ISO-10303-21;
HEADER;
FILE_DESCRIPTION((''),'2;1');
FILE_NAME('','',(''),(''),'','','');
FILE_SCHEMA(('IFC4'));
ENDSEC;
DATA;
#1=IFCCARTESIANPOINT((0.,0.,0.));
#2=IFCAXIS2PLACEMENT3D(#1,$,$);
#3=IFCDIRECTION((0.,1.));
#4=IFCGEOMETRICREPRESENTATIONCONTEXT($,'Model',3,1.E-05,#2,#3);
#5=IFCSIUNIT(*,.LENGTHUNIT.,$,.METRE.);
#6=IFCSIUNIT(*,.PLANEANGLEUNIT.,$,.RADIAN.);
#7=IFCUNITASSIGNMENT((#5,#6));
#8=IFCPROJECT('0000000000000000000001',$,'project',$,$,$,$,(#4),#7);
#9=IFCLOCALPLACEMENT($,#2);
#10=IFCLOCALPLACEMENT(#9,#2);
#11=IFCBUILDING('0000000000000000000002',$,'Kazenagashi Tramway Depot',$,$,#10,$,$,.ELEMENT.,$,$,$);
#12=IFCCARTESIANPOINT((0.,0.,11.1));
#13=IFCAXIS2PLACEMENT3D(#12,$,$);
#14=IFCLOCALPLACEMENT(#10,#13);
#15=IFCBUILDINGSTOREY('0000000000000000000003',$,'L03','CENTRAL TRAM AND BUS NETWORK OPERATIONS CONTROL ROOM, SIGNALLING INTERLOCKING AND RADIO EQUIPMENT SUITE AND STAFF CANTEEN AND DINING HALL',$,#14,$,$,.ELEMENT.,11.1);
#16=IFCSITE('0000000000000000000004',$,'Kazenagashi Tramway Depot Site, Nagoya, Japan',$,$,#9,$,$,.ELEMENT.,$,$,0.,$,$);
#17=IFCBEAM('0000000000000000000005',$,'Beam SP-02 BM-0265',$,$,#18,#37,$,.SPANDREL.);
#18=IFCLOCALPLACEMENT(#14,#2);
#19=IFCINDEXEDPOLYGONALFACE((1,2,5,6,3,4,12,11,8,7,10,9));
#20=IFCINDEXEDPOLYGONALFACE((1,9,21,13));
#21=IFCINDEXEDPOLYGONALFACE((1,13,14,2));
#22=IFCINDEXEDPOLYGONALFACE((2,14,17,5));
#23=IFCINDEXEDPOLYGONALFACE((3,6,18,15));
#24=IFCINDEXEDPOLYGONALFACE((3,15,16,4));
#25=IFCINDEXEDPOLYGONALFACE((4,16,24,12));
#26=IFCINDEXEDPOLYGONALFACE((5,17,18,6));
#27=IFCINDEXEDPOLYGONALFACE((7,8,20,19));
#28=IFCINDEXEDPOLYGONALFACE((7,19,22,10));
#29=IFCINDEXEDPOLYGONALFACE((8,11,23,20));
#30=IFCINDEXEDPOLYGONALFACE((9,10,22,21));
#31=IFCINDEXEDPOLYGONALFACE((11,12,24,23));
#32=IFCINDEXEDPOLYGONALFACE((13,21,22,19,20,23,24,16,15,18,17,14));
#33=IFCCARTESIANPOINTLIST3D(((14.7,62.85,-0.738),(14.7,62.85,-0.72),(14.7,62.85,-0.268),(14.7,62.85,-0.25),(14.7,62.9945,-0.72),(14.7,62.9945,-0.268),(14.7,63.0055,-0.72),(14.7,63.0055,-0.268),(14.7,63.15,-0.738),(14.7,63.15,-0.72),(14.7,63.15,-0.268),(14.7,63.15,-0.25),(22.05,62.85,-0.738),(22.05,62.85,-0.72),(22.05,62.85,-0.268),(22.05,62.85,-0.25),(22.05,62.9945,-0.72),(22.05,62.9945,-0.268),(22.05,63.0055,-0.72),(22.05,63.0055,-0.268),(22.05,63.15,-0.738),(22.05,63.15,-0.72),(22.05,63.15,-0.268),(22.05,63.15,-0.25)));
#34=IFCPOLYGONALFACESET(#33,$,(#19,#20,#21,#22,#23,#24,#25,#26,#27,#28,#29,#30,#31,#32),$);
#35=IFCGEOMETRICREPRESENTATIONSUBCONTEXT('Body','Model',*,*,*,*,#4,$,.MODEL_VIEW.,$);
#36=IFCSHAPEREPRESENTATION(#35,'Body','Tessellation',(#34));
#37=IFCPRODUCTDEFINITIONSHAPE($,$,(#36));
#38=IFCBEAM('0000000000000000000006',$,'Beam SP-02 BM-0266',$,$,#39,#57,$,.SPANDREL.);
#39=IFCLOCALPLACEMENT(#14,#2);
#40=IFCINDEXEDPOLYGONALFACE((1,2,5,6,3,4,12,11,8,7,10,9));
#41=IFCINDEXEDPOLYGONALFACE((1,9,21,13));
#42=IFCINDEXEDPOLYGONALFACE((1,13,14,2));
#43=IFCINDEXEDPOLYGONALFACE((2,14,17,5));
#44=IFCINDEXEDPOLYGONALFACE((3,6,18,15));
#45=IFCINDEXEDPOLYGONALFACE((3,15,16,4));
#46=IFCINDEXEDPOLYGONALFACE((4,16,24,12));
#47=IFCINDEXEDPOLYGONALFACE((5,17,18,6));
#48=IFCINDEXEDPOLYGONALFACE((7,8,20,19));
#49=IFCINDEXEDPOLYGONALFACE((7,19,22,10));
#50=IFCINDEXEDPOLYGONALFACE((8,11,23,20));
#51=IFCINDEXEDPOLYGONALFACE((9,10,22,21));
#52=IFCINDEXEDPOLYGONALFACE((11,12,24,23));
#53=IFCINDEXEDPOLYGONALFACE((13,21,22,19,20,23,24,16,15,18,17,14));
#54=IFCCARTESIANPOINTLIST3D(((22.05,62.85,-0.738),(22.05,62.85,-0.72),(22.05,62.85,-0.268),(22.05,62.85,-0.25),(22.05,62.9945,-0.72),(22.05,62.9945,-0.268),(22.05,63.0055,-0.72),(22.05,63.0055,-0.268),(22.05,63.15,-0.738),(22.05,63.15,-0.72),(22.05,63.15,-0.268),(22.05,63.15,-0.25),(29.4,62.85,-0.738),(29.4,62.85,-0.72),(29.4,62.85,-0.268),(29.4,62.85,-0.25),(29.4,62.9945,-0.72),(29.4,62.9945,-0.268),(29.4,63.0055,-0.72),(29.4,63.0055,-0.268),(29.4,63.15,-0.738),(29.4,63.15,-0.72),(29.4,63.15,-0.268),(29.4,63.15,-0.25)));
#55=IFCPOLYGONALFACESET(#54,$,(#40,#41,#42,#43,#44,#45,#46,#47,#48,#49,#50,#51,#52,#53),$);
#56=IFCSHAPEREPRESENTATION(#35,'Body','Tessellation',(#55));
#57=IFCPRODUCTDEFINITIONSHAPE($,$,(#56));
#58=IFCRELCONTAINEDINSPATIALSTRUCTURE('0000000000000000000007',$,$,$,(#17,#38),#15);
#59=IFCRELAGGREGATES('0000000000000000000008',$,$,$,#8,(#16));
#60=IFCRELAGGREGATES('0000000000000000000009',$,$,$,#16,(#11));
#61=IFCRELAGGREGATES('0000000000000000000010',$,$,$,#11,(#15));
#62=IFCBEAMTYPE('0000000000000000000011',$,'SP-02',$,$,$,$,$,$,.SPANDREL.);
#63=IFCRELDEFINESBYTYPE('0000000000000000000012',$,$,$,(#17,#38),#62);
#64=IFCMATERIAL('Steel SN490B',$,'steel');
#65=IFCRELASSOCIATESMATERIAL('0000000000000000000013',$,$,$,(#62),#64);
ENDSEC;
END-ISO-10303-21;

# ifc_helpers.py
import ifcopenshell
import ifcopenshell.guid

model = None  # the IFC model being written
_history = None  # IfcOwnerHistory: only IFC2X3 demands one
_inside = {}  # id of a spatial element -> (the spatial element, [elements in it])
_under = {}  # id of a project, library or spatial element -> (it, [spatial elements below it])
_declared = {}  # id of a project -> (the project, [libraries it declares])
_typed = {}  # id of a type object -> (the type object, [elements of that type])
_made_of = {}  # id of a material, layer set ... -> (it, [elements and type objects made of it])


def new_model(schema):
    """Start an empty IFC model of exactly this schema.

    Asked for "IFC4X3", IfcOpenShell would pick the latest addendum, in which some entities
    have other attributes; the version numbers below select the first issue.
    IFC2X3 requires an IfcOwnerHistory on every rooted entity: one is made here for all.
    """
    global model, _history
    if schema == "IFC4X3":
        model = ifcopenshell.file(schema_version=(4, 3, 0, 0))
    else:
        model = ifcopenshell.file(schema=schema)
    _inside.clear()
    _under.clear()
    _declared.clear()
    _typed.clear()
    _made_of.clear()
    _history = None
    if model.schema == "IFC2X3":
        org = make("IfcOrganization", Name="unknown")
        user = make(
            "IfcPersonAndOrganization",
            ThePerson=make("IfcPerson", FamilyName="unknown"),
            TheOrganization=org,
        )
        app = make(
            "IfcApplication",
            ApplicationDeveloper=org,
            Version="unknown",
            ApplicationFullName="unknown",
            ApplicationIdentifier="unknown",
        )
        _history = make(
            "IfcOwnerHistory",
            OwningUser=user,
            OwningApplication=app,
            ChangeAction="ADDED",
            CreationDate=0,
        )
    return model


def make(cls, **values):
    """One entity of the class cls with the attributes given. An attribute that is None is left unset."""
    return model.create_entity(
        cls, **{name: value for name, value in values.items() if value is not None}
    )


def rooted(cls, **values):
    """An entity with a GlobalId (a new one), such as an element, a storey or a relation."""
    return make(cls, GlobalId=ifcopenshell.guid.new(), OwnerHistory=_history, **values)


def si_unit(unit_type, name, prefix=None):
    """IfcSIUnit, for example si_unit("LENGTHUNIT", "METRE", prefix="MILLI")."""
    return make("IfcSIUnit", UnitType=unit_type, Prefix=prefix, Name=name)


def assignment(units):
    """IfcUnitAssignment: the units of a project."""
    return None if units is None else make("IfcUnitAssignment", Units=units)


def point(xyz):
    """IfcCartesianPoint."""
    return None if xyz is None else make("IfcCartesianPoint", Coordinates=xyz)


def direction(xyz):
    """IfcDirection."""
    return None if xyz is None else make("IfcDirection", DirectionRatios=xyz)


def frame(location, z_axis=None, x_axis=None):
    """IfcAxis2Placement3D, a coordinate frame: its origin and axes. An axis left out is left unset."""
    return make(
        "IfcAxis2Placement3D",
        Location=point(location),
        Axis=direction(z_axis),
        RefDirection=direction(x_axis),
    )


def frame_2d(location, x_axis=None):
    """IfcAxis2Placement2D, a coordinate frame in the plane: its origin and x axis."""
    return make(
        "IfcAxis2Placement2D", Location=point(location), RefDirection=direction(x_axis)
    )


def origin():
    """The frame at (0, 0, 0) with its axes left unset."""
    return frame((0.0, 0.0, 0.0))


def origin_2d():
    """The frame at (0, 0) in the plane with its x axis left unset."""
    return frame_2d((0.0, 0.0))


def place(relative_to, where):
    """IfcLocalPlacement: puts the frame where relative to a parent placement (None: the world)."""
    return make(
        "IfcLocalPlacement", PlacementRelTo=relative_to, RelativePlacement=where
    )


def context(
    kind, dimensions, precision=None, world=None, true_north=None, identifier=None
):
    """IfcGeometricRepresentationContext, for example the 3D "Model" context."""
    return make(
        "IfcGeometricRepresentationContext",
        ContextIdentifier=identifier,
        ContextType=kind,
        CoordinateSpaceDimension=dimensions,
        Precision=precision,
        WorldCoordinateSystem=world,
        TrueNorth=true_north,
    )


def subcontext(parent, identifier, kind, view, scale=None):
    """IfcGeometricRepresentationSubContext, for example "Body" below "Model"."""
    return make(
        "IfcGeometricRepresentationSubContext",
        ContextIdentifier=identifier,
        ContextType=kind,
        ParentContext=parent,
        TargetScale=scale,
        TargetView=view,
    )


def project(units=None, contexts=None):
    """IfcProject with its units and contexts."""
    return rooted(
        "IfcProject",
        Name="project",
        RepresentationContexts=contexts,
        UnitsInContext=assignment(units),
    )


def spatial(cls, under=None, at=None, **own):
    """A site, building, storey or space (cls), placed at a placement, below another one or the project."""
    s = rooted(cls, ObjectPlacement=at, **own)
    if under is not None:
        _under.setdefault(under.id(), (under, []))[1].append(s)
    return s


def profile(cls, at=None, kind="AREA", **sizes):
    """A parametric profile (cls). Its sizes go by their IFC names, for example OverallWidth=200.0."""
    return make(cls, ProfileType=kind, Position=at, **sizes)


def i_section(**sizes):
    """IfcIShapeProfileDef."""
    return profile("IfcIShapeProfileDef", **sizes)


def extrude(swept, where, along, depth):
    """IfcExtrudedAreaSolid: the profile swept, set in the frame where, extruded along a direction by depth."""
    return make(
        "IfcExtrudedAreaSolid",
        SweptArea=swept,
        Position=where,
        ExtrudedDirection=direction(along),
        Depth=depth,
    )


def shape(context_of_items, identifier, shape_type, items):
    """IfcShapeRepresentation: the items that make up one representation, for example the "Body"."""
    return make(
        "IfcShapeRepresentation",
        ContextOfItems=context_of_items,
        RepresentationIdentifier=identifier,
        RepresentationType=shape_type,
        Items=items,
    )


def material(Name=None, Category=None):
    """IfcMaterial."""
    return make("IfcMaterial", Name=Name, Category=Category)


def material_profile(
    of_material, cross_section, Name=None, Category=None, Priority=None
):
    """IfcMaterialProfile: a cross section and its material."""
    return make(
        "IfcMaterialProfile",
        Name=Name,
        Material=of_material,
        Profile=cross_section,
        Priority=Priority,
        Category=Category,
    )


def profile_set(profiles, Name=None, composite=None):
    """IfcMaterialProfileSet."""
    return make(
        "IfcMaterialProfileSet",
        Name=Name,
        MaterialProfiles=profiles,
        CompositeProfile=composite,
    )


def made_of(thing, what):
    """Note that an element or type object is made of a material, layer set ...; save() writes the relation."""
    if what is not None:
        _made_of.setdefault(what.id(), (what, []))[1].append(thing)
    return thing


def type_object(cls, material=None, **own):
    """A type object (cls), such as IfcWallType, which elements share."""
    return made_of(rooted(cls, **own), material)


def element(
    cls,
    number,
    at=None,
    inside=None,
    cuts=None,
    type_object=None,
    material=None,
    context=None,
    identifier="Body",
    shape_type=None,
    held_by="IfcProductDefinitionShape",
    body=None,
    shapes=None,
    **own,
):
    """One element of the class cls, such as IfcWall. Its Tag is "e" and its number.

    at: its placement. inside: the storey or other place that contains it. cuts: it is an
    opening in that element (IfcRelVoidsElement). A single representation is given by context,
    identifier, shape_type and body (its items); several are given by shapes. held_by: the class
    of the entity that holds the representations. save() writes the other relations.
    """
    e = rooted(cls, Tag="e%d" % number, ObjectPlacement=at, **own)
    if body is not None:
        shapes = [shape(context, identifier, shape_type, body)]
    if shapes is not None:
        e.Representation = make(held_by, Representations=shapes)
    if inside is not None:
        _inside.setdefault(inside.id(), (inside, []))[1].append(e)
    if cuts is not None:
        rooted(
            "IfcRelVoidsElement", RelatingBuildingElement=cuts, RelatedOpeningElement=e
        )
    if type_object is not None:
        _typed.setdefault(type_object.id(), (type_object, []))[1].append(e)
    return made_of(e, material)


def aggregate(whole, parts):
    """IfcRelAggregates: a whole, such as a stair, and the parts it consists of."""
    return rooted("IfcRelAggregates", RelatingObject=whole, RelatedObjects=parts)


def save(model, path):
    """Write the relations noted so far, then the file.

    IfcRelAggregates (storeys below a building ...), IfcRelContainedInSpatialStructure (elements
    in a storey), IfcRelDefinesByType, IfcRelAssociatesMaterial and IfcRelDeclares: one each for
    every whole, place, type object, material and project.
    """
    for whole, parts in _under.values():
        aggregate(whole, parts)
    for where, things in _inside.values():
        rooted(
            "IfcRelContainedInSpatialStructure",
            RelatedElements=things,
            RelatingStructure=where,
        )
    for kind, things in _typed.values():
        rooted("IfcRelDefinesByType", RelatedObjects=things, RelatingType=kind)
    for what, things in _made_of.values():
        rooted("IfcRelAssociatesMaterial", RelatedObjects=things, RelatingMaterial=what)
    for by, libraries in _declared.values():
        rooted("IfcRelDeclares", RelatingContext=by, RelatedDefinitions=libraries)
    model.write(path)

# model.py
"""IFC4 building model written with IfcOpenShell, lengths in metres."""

from ifc_helpers import new_model, si_unit, direction, frame, origin, origin_2d, place, context, subcontext, project, spatial, i_section, extrude, material, material_profile, profile_set, type_object, element, save


model = new_model("IFC4")

# Units and contexts
model_context = context("Model", 3, precision=1e-05, world=origin(), true_north=direction((0.0, 1.0)))
body_context = subcontext(model_context, "Body", "Model", "MODEL_VIEW")
ifc_project = project(units=[si_unit("LENGTHUNIT", "METRE"), si_unit("PLANEANGLEUNIT", "RADIAN")], contexts=[model_context])

# Site, building, storey
site_placement = place(None, origin())
site = spatial("IfcSite", under=ifc_project, at=site_placement, Name="Kazenagashi Tramway Depot Site, Nagoya, Japan", CompositionType="ELEMENT", RefElevation=0.0)
building_placement = place(site_placement, origin())
building = spatial("IfcBuilding", under=site, at=building_placement, Name="Kazenagashi Tramway Depot", CompositionType="ELEMENT")
storey_placement = place(building_placement, frame((0.0, 0.0, 11.1)))
storey = spatial("IfcBuildingStorey", under=building, at=storey_placement, Name="L03", Description="CENTRAL TRAM AND BUS NETWORK OPERATIONS CONTROL ROOM, SIGNALLING INTERLOCKING AND RADIO EQUIPMENT SUITE AND STAFF CANTEEN AND DINING HALL", CompositionType="ELEMENT", Elevation=11.1)

# Shared definitions
ifc_material = material(Name="Steel SN490B", Category="steel")

# Beams
ifc_material_profile_1 = material_profile(ifc_material, i_section(OverallWidth=0.3, OverallDepth=0.488, WebThickness=0.011, FlangeThickness=0.018, at=origin_2d()), Name="H-488x300x11x18")
ifc_profile_set_1 = profile_set([ifc_material_profile_1], Name="Steel SN490B")
beam_type_1 = type_object("IfcBeamType", Name="SP-02", PredefinedType="SPANDREL", material=ifc_profile_set_1)
for number, where, z_axis, x_axis, name in (
    (1, (14.7, 63.0, -0.494), (1.0, 0.0, 0.0), (0.0, 1.0, 0.0), "Beam SP-02 BM-0265"),
    (2, (22.05, 63.0, -0.494), (1.0, 0.0, 0.0), (0.0, 1.0, 0.0), "Beam SP-02 BM-0266"),
):
    element("IfcBeam", number, at=place(storey_placement, frame(where, z_axis=z_axis, x_axis=x_axis)), inside=storey, type_object=beam_type_1, Name=name, PredefinedType="SPANDREL", context=body_context, shape_type="SweptSolid", body=[
        extrude(i_section(OverallWidth=0.3, OverallDepth=0.488, WebThickness=0.011, FlangeThickness=0.018, at=origin_2d()), origin(), (0.0, 0.0, 1.0), 7.35),
    ])

save(model, "model.ifc")
